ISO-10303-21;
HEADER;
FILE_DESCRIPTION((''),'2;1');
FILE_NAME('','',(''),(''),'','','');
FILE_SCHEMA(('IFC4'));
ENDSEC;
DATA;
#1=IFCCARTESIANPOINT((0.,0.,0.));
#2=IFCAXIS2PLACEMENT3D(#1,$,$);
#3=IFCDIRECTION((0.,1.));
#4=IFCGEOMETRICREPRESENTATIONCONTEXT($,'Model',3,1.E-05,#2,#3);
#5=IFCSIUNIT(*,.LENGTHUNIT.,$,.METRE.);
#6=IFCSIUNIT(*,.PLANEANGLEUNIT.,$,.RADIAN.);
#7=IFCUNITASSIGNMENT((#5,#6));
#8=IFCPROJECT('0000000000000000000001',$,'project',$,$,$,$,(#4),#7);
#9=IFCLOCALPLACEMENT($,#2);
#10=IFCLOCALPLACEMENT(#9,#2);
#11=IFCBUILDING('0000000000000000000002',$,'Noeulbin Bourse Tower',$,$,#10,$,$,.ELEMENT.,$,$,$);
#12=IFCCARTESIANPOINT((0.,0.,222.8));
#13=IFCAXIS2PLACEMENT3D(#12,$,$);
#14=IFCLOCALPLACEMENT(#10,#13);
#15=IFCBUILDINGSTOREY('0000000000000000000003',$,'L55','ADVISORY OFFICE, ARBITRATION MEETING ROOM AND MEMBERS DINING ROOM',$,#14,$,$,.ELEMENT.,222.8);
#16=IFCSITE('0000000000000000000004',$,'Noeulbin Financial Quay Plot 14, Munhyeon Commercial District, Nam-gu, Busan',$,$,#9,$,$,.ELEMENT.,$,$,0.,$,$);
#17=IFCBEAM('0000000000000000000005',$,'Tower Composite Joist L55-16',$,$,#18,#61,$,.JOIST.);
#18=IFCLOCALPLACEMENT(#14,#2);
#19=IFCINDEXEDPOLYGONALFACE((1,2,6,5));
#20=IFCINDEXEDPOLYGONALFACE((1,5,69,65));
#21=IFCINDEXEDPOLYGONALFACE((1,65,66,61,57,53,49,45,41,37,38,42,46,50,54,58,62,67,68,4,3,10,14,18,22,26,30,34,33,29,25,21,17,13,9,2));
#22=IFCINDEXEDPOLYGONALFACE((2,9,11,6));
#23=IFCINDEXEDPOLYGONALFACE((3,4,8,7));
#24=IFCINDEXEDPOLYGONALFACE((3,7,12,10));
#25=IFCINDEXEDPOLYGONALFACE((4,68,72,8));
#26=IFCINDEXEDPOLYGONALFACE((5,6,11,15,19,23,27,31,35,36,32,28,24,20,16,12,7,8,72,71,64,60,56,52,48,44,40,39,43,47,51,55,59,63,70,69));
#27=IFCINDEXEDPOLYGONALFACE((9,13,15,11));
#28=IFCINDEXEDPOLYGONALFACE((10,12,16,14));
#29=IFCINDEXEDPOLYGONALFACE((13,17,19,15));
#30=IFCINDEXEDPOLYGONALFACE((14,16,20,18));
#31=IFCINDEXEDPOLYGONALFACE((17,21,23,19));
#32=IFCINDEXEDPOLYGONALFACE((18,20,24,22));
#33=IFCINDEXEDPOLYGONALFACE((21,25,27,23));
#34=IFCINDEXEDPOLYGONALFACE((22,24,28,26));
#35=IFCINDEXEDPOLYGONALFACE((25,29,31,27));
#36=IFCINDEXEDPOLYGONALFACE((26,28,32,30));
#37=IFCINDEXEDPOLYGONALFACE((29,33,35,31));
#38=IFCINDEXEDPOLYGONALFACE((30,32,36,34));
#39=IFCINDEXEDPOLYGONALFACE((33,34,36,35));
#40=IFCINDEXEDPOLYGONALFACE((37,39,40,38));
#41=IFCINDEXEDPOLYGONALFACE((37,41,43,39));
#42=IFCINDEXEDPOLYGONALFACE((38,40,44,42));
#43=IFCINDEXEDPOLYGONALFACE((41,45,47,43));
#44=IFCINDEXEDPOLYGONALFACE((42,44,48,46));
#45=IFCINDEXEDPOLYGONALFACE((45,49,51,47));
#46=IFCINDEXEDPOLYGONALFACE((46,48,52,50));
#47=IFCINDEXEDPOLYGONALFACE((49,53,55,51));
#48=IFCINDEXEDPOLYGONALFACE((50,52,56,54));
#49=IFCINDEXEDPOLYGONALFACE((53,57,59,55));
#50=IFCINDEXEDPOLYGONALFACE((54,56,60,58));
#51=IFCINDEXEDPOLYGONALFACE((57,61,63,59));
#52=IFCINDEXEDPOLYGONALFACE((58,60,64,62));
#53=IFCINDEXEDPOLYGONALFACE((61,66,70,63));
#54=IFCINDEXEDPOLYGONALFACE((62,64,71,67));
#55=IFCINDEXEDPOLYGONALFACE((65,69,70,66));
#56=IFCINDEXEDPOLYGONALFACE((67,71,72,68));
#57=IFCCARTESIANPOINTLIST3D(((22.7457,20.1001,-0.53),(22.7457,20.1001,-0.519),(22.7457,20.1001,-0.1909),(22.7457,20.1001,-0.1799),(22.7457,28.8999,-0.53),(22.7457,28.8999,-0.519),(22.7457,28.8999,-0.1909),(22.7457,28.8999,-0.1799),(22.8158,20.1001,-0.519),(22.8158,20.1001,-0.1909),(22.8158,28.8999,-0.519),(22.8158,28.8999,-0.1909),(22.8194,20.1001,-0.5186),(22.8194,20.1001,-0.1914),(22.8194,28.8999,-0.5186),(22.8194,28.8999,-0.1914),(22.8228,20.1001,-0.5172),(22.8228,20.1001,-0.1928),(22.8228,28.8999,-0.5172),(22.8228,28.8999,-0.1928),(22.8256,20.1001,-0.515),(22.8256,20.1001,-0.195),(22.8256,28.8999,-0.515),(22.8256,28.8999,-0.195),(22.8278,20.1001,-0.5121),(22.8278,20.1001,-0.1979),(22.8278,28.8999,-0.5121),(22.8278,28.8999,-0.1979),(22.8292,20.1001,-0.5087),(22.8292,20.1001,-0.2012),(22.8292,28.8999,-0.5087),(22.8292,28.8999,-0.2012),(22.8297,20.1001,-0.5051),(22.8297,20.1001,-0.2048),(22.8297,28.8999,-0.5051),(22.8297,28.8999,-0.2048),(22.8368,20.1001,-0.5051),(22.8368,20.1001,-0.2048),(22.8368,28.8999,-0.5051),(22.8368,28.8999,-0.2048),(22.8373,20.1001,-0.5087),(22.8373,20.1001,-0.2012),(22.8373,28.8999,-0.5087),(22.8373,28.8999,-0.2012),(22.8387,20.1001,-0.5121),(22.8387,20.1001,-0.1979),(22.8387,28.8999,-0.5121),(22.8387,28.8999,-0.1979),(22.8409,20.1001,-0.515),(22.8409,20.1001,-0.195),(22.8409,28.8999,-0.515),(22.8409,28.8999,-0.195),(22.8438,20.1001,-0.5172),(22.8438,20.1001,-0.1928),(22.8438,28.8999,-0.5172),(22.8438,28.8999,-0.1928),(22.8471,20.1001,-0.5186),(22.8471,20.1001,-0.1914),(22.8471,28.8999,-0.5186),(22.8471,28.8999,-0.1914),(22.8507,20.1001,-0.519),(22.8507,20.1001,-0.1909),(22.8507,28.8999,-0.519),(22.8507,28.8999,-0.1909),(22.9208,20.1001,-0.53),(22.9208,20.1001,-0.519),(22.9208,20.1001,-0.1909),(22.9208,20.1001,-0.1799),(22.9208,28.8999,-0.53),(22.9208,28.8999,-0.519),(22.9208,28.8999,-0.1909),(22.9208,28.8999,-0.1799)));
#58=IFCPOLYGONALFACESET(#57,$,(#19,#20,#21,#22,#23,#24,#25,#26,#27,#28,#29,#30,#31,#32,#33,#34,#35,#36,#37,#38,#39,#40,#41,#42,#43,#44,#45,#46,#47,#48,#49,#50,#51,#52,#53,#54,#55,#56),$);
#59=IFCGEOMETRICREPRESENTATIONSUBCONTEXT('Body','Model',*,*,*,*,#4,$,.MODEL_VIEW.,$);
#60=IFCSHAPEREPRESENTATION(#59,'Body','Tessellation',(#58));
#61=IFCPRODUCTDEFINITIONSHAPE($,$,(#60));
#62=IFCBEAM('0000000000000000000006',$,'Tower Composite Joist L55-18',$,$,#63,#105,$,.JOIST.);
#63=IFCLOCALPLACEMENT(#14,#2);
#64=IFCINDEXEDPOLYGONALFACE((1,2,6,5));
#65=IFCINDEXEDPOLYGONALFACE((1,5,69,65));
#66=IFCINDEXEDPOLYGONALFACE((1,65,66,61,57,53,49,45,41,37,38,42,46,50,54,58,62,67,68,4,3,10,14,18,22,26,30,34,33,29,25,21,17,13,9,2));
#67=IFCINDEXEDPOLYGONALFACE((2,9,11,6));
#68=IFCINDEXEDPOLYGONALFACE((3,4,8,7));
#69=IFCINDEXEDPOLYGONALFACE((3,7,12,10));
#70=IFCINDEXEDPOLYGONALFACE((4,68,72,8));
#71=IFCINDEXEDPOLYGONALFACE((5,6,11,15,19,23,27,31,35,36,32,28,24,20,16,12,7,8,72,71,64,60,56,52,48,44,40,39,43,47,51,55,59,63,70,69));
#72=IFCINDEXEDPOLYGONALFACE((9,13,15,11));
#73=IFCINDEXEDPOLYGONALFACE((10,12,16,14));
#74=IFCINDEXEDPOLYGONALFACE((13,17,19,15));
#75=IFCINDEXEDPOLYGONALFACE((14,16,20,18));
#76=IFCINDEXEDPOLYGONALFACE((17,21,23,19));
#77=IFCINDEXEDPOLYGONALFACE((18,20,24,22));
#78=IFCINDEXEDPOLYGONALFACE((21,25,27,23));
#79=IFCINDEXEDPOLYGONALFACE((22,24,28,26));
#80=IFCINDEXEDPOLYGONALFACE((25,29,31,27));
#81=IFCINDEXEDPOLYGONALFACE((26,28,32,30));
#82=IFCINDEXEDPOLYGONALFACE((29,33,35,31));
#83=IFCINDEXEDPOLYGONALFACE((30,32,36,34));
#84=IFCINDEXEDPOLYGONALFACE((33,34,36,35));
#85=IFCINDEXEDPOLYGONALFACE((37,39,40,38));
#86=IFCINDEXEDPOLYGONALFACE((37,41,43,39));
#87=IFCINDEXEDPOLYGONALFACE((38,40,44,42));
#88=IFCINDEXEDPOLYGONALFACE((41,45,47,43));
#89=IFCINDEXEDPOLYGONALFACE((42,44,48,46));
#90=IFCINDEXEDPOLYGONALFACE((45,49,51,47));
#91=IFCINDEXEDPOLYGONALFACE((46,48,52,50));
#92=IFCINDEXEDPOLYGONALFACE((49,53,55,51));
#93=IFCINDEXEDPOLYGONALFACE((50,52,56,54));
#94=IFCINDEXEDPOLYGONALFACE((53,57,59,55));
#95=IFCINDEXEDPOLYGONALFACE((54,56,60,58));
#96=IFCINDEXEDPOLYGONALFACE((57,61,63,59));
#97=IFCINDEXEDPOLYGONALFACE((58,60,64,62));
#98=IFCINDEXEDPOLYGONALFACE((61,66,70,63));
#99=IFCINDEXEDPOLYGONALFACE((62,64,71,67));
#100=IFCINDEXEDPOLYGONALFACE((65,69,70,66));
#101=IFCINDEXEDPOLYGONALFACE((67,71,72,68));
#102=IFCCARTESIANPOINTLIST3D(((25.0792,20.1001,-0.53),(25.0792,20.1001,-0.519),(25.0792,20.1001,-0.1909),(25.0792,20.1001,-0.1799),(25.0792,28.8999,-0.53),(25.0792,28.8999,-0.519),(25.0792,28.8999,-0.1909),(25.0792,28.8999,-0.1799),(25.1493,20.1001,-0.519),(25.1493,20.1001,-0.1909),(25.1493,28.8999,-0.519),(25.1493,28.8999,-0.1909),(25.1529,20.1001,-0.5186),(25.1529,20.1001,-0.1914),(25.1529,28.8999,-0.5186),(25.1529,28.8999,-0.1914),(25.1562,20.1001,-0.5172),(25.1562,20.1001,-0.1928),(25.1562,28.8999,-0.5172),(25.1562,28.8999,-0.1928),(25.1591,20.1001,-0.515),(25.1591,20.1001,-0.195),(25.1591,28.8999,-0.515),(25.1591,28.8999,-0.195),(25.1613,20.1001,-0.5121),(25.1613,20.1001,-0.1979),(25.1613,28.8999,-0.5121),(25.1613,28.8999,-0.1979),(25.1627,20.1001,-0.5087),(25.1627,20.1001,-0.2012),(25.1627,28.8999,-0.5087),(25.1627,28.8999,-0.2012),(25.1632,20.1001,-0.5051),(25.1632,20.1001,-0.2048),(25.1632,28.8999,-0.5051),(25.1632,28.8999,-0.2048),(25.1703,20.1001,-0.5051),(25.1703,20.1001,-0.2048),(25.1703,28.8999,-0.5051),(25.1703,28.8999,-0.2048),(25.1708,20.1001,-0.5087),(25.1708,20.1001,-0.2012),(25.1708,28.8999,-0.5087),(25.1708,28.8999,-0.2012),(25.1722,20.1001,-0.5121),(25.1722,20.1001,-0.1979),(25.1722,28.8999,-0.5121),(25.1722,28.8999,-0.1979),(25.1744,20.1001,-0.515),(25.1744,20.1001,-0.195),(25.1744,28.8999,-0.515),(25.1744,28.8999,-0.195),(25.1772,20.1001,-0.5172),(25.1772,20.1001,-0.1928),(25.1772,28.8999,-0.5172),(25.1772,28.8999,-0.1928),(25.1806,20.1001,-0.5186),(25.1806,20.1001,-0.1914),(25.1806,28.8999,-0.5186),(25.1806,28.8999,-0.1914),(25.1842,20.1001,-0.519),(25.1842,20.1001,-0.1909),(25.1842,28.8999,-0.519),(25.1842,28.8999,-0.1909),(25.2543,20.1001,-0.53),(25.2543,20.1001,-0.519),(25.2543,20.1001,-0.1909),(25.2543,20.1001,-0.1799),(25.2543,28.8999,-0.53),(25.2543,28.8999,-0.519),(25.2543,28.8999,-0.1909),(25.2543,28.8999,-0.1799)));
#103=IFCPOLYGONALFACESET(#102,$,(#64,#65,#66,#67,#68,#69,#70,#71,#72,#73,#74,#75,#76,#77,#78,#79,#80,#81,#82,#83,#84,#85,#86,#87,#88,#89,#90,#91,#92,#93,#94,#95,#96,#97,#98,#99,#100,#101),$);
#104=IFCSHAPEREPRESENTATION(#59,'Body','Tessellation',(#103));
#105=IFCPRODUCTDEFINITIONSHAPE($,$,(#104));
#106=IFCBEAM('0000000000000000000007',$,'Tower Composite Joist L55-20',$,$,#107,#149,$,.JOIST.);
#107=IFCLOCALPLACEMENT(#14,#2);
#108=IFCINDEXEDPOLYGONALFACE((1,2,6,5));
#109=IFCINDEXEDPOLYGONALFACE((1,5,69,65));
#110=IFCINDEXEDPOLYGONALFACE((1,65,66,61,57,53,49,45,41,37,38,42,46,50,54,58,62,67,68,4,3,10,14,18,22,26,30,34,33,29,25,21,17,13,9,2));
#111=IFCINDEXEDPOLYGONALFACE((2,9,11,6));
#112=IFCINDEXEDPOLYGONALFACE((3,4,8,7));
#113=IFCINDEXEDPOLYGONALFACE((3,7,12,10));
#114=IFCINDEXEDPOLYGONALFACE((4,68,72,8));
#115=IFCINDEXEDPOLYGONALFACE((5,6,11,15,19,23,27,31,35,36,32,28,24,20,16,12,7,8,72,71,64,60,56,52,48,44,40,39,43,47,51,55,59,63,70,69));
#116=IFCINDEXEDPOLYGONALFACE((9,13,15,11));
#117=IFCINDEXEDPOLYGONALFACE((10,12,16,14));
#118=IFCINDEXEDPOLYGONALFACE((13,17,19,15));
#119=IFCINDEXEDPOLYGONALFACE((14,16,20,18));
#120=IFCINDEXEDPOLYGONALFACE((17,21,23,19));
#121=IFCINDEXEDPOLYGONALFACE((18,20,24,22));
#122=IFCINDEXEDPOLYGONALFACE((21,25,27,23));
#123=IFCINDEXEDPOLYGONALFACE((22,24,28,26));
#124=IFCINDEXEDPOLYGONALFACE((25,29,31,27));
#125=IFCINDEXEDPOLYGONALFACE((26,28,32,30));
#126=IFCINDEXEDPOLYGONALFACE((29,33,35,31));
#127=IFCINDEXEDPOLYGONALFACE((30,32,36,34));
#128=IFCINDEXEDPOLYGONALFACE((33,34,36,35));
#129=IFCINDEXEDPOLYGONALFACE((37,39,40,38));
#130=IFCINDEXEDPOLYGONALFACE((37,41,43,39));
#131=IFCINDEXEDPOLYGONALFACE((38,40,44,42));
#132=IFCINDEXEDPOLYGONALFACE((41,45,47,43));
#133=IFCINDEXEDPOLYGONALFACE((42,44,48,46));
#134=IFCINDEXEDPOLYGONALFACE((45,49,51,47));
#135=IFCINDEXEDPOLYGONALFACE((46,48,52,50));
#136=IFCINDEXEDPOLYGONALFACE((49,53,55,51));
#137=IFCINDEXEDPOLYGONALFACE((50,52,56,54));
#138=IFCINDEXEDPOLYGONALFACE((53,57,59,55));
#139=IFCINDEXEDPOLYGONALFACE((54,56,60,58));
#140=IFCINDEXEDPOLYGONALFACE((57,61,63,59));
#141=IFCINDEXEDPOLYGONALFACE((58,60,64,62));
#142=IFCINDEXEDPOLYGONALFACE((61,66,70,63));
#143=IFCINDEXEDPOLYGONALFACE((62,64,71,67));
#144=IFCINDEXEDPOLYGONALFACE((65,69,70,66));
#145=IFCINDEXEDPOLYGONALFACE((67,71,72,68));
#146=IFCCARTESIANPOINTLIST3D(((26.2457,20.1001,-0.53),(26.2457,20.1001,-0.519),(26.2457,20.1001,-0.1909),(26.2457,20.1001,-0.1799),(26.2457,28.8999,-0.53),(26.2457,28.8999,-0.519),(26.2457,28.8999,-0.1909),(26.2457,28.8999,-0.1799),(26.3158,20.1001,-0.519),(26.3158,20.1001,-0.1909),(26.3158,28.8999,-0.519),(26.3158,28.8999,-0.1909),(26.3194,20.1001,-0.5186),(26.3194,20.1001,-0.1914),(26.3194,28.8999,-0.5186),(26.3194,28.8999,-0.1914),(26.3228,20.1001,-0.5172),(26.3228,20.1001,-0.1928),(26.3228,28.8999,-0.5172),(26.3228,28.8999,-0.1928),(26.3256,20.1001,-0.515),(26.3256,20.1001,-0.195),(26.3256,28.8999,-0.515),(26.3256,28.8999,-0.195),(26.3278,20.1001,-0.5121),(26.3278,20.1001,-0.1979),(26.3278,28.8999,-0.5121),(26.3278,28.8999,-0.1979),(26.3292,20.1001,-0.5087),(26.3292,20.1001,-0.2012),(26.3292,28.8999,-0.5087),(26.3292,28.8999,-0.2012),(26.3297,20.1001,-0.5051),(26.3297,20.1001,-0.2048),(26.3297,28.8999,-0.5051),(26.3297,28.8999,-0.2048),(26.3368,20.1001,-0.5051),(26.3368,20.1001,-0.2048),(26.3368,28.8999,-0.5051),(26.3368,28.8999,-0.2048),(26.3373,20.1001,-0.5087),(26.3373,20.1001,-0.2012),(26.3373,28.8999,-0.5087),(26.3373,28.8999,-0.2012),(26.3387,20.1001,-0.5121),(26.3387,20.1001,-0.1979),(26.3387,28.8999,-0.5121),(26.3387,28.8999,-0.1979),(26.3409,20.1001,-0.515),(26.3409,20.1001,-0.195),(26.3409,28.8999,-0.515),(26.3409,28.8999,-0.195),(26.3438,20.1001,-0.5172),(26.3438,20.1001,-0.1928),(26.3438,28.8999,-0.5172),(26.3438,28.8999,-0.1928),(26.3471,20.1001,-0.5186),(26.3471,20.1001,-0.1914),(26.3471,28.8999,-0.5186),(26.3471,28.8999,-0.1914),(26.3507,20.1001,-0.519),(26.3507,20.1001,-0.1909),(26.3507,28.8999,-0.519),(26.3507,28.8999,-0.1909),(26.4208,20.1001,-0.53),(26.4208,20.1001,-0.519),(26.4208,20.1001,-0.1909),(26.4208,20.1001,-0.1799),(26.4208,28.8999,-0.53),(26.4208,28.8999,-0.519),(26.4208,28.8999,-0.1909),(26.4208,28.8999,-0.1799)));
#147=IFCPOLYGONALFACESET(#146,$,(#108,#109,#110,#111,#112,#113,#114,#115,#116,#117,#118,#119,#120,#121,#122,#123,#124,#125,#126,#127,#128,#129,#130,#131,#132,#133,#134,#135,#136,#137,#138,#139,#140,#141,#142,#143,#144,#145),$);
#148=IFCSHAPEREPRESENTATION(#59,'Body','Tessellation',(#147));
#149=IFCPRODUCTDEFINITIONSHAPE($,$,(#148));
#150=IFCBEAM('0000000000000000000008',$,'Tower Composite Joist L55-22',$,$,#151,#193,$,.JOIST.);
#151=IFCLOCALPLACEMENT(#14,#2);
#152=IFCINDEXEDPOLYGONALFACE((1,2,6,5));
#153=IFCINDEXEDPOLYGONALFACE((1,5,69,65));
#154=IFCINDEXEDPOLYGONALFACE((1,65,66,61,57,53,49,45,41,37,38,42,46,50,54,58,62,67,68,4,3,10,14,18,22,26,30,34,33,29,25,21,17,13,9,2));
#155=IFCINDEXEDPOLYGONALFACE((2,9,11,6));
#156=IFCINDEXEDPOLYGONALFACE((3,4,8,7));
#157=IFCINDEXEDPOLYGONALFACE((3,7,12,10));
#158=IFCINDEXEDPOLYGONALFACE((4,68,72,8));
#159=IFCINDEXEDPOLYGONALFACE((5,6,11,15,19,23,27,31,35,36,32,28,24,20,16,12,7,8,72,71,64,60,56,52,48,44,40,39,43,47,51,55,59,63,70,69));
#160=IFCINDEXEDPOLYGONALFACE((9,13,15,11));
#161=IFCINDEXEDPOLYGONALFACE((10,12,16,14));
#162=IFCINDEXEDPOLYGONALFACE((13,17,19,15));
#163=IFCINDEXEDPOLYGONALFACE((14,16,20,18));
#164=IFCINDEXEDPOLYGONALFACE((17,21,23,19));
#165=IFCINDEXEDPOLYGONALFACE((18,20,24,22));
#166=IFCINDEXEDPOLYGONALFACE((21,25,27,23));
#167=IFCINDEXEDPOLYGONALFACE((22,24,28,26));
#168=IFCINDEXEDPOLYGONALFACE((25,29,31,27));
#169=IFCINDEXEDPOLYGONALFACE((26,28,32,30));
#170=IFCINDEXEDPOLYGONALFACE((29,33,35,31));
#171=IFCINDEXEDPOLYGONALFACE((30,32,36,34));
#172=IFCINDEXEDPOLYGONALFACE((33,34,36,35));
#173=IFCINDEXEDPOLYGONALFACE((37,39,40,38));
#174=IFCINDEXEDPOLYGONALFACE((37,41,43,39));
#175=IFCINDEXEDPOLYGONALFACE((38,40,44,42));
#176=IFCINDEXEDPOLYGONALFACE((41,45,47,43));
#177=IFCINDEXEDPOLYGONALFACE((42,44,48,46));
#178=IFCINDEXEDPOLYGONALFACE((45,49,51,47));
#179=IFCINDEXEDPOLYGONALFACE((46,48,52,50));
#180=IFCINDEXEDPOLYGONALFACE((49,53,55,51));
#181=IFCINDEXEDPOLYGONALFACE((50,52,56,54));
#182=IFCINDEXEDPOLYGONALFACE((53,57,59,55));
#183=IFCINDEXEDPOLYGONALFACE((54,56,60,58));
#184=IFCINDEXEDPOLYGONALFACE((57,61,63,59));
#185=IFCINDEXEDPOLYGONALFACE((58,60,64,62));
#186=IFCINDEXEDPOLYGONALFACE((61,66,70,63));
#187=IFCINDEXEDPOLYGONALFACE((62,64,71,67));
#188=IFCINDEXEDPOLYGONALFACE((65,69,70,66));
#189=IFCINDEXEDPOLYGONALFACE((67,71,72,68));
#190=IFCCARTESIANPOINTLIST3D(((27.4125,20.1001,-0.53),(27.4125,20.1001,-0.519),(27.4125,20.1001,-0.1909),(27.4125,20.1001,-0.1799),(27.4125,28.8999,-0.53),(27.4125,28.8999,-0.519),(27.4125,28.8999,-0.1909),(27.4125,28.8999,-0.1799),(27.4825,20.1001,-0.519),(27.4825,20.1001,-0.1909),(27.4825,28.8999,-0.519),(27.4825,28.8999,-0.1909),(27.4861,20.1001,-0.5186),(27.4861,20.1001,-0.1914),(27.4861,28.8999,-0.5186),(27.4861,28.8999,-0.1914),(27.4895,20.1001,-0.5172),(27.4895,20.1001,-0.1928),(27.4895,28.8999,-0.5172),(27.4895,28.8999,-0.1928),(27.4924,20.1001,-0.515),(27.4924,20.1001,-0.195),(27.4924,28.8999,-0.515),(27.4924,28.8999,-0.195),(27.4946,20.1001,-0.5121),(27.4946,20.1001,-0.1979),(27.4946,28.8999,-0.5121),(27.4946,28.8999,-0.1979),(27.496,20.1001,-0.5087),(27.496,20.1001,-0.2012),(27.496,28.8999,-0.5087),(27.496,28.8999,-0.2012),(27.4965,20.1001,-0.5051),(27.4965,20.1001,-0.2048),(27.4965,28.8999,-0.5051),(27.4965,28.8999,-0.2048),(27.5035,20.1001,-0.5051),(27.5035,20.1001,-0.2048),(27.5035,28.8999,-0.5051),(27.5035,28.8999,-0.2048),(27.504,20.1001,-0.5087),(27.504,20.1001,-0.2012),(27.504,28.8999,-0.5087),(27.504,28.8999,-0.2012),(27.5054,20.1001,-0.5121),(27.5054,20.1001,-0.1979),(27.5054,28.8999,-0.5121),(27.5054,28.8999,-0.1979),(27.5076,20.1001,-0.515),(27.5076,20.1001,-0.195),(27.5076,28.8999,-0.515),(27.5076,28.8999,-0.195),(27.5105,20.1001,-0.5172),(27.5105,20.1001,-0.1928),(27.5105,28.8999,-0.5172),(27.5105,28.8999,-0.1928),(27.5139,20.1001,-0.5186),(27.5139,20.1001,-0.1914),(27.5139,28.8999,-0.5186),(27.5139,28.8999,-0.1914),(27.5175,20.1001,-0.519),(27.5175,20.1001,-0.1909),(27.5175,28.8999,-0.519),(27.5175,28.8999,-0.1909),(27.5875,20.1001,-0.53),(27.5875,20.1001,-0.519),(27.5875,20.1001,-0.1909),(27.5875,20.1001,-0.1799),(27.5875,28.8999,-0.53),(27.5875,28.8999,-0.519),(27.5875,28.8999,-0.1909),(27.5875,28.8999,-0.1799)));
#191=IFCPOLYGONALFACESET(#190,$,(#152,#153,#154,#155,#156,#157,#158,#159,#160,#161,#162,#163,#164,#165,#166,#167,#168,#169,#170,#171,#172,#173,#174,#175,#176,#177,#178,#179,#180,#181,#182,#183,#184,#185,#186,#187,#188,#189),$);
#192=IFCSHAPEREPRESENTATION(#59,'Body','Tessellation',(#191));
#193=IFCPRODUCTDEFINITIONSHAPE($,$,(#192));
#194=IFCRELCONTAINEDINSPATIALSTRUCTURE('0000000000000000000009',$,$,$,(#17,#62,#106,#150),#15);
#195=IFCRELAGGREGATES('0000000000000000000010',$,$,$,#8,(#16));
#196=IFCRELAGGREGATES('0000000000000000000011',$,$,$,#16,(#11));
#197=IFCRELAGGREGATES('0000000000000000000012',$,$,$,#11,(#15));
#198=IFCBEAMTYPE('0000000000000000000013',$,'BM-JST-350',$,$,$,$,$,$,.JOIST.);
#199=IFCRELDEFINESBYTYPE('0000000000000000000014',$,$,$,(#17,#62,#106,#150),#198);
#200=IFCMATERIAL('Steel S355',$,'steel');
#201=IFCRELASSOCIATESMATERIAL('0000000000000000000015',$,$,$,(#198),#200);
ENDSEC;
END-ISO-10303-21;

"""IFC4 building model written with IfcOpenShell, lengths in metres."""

from ifc_helpers import new_model, si_unit, direction, frame, origin, origin_2d, place, context, subcontext, project, spatial, i_section, extrude, material, material_profile, profile_set, type_object, element, save


model = new_model("IFC4")

# Units and contexts
model_context = context("Model", 3, precision=1e-05, world=origin(), true_north=direction((0.0, 1.0)))
body_context = subcontext(model_context, "Body", "Model", "MODEL_VIEW")
ifc_project = project(units=[si_unit("LENGTHUNIT", "METRE"), si_unit("PLANEANGLEUNIT", "RADIAN")], contexts=[model_context])

# Site, building, storey
site_placement = place(None, origin())
site = spatial("IfcSite", under=ifc_project, at=site_placement, Name="Noeulbin Financial Quay Plot 14, Munhyeon Commercial District, Nam-gu, Busan", CompositionType="ELEMENT", RefElevation=0.0)
building_placement = place(site_placement, origin())
building = spatial("IfcBuilding", under=site, at=building_placement, Name="Noeulbin Bourse Tower", CompositionType="ELEMENT")
storey_placement = place(building_placement, frame((0.0, 0.0, 222.8)))
storey = spatial("IfcBuildingStorey", under=building, at=storey_placement, Name="L55", Description="ADVISORY OFFICE, ARBITRATION MEETING ROOM AND MEMBERS DINING ROOM", CompositionType="ELEMENT", Elevation=222.8)

# Shared definitions
ifc_material_1 = material(Name="Steel S355", Category="steel")

# Beams
ifc_material_profile_1 = material_profile(ifc_material_1, i_section(OverallWidth=0.175, OverallDepth=0.3501, WebThickness=0.0071, FlangeThickness=0.011, FilletRadius=0.0139, at=origin_2d()), Name="H-350x175x7x11", Category="LoadBearing")
ifc_profile_set_1 = profile_set([ifc_material_profile_1], Name="Steel S355")
beam_type_1 = type_object("IfcBeamType", Name="BM-JST-350", PredefinedType="JOIST", material=ifc_profile_set_1)
for number, where, z_axis, x_axis, name in (
    (1, (22.8333, 20.1001, -0.355), (0.0, 1.0, 0.0), (-1.0, 0.0, 0.0), "Tower Composite Joist L55-16"),
    (2, (25.1667, 20.1001, -0.355), (0.0, 1.0, 0.0), (-1.0, 0.0, 0.0), "Tower Composite Joist L55-18"),
    (3, (26.3333, 20.1001, -0.355), (0.0, 1.0, 0.0), (-1.0, 0.0, 0.0), "Tower Composite Joist L55-20"),
    (4, (27.5, 20.1001, -0.355), (0.0, 1.0, 0.0), (-1.0, 0.0, 0.0), "Tower Composite Joist L55-22"),
):
    element("IfcBeam", number, at=place(storey_placement, frame(where, z_axis=z_axis, x_axis=x_axis)), inside=storey, type_object=beam_type_1, Name=name, PredefinedType="JOIST", context=body_context, shape_type="SweptSolid", body=[
        extrude(i_section(OverallWidth=0.175, OverallDepth=0.3501, WebThickness=0.0071, FlangeThickness=0.011, FilletRadius=0.0139, at=origin_2d()), origin(), (0.0, 0.0, 1.0), 8.7998),
    ])

save(model, "model.ifc")
